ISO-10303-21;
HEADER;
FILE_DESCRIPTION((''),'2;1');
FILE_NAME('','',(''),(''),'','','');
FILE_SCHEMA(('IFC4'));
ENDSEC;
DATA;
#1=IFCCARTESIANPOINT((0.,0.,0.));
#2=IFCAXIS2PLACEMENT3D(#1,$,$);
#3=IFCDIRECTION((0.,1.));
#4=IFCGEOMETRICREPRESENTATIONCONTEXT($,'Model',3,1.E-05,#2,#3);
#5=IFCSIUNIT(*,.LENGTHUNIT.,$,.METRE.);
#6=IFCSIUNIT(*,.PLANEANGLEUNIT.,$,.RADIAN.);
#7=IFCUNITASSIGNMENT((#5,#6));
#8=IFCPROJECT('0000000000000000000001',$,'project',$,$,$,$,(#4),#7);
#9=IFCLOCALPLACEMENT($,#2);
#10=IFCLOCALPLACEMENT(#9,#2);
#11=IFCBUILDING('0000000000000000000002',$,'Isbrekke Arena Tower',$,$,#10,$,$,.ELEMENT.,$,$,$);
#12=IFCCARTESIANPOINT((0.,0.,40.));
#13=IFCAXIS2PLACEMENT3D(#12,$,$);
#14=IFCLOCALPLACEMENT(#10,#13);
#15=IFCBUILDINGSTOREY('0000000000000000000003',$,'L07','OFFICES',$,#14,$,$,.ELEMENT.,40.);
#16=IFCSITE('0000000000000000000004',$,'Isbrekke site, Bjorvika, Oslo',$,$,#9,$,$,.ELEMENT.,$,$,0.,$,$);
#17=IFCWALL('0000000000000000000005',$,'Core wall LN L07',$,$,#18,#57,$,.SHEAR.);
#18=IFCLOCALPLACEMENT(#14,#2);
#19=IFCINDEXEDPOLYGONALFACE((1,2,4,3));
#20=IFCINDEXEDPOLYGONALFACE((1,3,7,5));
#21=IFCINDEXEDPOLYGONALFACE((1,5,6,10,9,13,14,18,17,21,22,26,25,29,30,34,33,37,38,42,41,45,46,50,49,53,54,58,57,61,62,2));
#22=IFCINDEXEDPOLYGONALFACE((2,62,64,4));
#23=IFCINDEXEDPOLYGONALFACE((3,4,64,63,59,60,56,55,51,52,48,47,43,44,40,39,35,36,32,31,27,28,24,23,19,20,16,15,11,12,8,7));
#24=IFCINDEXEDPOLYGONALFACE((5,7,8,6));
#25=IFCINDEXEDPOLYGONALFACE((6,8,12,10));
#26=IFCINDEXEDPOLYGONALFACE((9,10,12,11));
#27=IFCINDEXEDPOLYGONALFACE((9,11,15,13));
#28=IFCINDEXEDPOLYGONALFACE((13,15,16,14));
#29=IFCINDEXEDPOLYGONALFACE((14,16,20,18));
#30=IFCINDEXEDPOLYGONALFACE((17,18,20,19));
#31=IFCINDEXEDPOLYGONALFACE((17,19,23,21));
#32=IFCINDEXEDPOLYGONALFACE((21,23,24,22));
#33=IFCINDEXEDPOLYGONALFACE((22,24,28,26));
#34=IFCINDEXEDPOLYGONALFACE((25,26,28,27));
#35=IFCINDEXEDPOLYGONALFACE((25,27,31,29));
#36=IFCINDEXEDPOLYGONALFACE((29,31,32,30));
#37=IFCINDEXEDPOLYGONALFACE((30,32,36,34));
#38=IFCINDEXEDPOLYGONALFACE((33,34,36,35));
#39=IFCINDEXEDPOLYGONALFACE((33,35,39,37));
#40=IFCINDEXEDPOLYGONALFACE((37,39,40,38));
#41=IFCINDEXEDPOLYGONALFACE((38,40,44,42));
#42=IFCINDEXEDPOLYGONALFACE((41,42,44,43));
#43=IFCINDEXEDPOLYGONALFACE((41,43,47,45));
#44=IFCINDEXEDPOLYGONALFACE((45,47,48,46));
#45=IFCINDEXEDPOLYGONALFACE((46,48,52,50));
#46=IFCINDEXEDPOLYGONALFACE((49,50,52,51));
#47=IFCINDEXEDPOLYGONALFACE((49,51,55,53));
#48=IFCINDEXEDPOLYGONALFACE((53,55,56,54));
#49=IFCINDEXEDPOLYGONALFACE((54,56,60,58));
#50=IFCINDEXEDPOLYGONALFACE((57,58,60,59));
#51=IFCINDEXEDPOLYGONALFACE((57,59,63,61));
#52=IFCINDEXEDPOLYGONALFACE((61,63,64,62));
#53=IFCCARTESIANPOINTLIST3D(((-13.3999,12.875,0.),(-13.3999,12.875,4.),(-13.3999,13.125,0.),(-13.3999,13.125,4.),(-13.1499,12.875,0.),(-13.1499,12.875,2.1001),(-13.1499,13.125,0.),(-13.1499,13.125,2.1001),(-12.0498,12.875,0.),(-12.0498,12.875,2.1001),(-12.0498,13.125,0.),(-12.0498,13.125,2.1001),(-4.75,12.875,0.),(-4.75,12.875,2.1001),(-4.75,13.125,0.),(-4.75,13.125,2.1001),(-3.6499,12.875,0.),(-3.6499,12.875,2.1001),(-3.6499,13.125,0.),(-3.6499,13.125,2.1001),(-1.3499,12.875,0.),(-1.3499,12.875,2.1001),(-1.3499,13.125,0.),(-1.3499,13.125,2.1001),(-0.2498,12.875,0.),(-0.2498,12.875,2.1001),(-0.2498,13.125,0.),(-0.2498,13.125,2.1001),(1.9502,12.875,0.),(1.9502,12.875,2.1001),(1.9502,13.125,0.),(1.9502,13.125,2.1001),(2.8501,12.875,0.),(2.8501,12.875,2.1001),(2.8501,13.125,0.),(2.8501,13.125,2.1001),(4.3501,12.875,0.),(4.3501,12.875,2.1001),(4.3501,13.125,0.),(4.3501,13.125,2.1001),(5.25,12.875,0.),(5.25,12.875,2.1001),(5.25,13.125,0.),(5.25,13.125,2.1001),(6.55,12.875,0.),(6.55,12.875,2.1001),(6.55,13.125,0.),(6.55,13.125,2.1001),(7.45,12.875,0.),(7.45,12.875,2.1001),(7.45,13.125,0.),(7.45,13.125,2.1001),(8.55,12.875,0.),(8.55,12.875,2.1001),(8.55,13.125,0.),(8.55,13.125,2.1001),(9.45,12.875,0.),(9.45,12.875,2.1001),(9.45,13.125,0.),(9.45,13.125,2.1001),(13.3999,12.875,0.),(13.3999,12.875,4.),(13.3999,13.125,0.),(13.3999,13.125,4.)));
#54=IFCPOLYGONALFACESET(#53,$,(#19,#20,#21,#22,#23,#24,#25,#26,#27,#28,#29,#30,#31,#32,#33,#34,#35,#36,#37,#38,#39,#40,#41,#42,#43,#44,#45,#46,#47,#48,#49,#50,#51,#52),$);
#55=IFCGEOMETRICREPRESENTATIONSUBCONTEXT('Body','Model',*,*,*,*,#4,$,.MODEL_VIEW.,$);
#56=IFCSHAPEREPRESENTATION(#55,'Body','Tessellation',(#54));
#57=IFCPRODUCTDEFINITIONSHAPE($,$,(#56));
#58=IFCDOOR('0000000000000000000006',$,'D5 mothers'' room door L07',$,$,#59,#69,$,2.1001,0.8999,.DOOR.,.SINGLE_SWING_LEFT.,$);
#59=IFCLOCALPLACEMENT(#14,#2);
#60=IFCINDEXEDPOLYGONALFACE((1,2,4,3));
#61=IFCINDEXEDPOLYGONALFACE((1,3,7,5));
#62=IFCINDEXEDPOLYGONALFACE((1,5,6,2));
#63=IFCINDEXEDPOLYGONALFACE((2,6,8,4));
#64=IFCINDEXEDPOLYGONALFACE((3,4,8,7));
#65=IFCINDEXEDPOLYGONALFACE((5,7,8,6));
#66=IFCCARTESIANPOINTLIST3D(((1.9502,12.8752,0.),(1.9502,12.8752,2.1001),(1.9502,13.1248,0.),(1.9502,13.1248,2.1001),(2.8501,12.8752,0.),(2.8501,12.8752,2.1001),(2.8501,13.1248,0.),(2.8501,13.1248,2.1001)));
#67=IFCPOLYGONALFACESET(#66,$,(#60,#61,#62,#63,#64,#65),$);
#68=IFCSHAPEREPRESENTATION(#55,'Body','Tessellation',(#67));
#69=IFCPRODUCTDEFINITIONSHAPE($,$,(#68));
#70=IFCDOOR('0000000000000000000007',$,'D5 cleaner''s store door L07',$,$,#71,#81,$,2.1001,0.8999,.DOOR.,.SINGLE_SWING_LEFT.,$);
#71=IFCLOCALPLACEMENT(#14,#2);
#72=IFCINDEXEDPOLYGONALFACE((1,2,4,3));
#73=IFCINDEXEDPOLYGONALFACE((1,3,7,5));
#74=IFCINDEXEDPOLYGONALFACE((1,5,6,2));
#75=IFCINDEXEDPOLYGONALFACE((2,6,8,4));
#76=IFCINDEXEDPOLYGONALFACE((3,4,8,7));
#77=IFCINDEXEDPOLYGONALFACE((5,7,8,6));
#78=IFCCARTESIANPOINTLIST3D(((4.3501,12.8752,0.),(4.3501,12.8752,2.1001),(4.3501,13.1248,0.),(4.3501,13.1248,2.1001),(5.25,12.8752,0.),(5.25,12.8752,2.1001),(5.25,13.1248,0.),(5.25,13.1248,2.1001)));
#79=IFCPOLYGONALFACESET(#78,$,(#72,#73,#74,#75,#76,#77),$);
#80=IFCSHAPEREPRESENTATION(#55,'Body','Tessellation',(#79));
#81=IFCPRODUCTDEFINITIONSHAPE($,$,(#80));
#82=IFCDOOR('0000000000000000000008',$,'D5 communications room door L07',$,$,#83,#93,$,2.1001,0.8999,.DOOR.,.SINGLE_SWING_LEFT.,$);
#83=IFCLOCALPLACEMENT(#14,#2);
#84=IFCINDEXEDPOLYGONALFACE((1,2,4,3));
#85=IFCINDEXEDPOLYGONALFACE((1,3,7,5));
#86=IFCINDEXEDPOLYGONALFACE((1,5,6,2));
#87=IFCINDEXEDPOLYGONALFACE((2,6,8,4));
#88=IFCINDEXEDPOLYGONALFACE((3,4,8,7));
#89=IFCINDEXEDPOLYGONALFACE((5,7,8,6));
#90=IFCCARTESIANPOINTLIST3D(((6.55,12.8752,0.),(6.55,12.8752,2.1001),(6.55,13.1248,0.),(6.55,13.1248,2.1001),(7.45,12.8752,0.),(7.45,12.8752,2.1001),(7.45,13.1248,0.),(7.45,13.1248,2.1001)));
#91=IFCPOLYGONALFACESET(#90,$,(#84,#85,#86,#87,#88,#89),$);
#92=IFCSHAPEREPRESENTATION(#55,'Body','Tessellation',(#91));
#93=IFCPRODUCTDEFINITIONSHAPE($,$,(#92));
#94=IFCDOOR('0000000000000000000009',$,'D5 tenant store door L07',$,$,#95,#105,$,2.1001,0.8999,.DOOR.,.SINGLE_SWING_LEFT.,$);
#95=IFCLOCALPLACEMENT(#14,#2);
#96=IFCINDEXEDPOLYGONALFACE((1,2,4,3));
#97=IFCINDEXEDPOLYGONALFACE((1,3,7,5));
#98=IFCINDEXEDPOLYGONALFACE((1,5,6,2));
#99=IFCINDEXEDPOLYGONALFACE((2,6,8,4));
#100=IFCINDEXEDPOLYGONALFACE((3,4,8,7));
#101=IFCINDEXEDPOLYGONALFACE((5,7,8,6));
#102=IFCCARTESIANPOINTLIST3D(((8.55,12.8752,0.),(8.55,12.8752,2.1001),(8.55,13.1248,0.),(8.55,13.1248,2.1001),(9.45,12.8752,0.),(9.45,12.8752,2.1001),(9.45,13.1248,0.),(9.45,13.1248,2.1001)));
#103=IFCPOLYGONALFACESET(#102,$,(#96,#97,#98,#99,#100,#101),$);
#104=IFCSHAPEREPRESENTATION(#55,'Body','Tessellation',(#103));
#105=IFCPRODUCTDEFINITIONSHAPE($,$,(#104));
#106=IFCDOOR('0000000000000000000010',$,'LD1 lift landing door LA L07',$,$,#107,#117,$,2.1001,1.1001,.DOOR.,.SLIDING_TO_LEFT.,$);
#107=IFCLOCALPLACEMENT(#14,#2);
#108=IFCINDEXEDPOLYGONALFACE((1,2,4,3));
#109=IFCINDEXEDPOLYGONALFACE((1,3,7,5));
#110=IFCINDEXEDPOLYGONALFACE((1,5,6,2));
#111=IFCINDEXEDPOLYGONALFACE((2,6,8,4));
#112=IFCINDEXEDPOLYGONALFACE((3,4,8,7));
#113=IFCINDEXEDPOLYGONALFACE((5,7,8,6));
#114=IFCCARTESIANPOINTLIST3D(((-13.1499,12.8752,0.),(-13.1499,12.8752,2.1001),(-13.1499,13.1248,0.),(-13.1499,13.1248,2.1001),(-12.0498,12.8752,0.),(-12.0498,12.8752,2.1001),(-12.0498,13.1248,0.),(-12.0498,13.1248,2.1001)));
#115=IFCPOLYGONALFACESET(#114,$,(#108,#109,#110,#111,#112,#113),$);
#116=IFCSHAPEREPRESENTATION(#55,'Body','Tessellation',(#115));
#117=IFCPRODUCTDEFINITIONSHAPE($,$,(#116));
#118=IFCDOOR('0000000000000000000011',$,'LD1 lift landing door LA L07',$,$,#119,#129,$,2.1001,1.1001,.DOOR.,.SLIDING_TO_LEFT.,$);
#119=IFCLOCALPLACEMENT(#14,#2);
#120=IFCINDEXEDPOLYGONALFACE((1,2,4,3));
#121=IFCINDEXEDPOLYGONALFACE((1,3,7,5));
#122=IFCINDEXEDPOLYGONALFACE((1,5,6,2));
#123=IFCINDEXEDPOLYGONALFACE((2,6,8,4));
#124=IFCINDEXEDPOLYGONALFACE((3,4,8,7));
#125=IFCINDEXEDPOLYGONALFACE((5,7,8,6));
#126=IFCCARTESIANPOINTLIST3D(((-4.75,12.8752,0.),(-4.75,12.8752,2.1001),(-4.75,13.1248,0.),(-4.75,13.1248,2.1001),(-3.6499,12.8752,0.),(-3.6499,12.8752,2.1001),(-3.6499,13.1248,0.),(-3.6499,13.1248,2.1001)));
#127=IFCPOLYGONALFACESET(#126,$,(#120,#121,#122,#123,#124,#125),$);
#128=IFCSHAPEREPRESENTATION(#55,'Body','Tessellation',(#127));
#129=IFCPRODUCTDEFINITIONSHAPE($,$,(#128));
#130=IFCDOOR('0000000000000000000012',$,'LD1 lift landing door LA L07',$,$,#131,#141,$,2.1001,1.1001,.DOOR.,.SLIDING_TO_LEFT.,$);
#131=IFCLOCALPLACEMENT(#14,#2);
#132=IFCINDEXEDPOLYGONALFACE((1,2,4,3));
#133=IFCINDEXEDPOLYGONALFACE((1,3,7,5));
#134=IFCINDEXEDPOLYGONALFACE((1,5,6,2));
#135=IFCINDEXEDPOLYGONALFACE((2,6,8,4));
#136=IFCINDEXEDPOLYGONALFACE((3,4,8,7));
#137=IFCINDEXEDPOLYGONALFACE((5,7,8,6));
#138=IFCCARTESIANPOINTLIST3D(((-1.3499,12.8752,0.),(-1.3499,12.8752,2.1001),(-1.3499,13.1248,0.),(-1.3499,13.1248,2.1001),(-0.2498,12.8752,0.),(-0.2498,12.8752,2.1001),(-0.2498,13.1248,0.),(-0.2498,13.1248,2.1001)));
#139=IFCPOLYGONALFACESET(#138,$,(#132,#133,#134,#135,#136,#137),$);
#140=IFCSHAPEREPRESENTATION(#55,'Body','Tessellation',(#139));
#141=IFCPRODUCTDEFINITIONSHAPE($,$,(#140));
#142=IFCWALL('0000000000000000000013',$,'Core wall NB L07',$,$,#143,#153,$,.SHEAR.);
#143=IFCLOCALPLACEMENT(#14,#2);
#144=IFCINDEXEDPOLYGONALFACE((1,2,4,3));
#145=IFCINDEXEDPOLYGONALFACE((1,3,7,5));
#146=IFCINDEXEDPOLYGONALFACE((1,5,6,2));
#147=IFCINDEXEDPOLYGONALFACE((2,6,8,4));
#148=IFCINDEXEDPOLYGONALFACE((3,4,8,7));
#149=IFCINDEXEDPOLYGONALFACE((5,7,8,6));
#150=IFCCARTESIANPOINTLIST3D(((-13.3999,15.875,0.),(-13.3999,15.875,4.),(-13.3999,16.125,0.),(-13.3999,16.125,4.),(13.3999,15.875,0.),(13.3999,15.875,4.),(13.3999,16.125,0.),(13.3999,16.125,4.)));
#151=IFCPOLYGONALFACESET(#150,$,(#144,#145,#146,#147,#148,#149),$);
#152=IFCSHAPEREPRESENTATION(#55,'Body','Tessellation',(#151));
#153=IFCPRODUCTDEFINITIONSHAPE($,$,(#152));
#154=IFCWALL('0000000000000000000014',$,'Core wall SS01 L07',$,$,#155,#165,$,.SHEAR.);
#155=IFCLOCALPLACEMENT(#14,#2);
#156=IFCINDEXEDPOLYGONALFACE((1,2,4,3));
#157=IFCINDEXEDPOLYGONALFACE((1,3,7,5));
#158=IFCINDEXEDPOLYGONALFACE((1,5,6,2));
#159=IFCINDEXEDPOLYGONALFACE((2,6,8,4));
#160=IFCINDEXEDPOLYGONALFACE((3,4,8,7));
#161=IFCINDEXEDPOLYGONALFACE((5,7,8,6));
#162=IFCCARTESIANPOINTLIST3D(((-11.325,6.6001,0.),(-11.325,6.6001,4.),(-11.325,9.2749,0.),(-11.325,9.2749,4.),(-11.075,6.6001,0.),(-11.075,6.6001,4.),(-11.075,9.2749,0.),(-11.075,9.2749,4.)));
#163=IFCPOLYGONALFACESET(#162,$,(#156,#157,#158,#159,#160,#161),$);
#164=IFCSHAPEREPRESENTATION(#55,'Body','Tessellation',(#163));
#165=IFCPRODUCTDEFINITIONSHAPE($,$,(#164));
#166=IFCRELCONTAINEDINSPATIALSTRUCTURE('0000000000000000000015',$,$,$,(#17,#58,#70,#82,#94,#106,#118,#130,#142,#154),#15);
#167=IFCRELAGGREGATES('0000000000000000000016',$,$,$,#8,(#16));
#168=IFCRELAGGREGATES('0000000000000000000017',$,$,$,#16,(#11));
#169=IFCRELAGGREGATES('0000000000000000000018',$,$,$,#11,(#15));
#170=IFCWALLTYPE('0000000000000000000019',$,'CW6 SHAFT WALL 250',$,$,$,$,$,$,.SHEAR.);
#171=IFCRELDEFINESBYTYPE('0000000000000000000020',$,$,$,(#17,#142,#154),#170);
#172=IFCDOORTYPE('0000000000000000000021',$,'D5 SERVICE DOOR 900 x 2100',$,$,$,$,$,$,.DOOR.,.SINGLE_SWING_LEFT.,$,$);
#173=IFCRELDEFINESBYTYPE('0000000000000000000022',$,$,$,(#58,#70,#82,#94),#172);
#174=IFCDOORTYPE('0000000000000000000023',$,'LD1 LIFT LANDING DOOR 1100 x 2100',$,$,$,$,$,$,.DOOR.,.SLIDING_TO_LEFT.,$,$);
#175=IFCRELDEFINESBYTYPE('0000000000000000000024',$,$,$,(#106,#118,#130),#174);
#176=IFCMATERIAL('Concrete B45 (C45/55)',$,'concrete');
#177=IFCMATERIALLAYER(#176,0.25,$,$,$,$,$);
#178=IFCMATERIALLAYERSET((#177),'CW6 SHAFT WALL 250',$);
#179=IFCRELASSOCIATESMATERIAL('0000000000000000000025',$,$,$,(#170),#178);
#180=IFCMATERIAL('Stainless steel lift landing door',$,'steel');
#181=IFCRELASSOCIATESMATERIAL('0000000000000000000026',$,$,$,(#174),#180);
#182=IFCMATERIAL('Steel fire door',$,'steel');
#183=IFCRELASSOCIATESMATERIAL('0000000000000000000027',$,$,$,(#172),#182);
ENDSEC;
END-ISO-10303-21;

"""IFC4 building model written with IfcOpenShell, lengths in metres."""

from ifc_helpers import new_model, si_unit, direction, frame, frame_2d, origin, place, context, subcontext, project, spatial, rectangle, extrude, material, layer, layer_set, type_object, element, fill, save


model = new_model("IFC4")

# Units and contexts
model_context = context("Model", 3, precision=1e-05, world=origin(), true_north=direction((0.0, 1.0)))
body_context = subcontext(model_context, "Body", "Model", "MODEL_VIEW")
ifc_project = project(units=[si_unit("LENGTHUNIT", "METRE"), si_unit("PLANEANGLEUNIT", "RADIAN")], contexts=[model_context])

# Site, building, storey
site_placement = place(None, origin())
site = spatial("IfcSite", under=ifc_project, at=site_placement, Name="Isbrekke site, Bjorvika, Oslo", CompositionType="ELEMENT", RefElevation=0.0)
building_placement = place(site_placement, origin())
building = spatial("IfcBuilding", under=site, at=building_placement, Name="Isbrekke Arena Tower", CompositionType="ELEMENT")
storey_placement = place(building_placement, frame((0.0, 0.0, 40.0)))
storey = spatial("IfcBuildingStorey", under=building, at=storey_placement, Name="L07", Description="OFFICES", CompositionType="ELEMENT", Elevation=40.0)

# Wall, openings, doors
ifc_material_1 = material(Name="Concrete B45 (C45/55)", Category="concrete")
ifc_layer_1 = layer(ifc_material_1, 0.25)
ifc_layer_set_1 = layer_set([ifc_layer_1], Name="CW6 SHAFT WALL 250")
wall_type_1 = type_object("IfcWallType", Name="CW6 SHAFT WALL 250", PredefinedType="SHEAR", material=ifc_layer_set_1)
ifc_material_2 = material(Name="Stainless steel lift landing door", Category="steel")
door_type_1 = type_object("IfcDoorType", Name="LD1 LIFT LANDING DOOR 1100 x 2100", OperationType="SLIDING_TO_LEFT", PredefinedType="DOOR", material=ifc_material_2)
wall_1_placement = place(storey_placement, frame((-13.3999, 13.0, 0.0), z_axis=(0.0, 0.0, 1.0), x_axis=(1.0, 0.0, 0.0)))
wall_1 = element("IfcWall", 1, at=wall_1_placement, inside=storey, type_object=wall_type_1, Name="Core wall LN L07", PredefinedType="SHEAR", context=body_context, shape_type="SweptSolid", body=[
    extrude(rectangle(XDim=26.7998, YDim=0.25, at=frame_2d((13.3999, 0.0))), origin(), (0.0, 0.0, 1.0), 4.0),
])
opening_1_placement = place(wall_1_placement, frame((0.25, 0.0, 0.0)))
opening_1 = element("IfcOpeningElement", 2, at=opening_1_placement, cuts=wall_1, PredefinedType="OPENING", context=body_context, shape_type="SweptSolid", body=[
    extrude(rectangle(XDim=1.1001, YDim=2.1001, at=frame_2d((0.55, 1.05))), frame((0.0, 0.1399, 0.0), z_axis=(0.0, -1.0, 0.0), x_axis=(1.0, 0.0, 0.0)), (0.0, 0.0, 1.0), 0.2798),
])
opening_2_placement = place(wall_1_placement, frame((8.6499, 0.0, 0.0)))
opening_2 = element("IfcOpeningElement", 3, at=opening_2_placement, cuts=wall_1, PredefinedType="OPENING", context=body_context, shape_type="SweptSolid", body=[
    extrude(rectangle(XDim=1.1001, YDim=2.1001, at=frame_2d((0.55, 1.05))), frame((0.0, 0.1399, 0.0), z_axis=(0.0, -1.0, 0.0), x_axis=(1.0, 0.0, 0.0)), (0.0, 0.0, 1.0), 0.2798),
])
opening_3_placement = place(wall_1_placement, frame((12.05, 0.0, 0.0)))
opening_3 = element("IfcOpeningElement", 4, at=opening_3_placement, cuts=wall_1, PredefinedType="OPENING", context=body_context, shape_type="SweptSolid", body=[
    extrude(rectangle(XDim=1.1001, YDim=2.1001, at=frame_2d((0.55, 1.05))), frame((0.0, 0.1399, 0.0), z_axis=(0.0, -1.0, 0.0), x_axis=(1.0, 0.0, 0.0)), (0.0, 0.0, 1.0), 0.2798),
])
opening_4_placement = place(wall_1_placement, frame((15.3501, 0.0, 0.0)))
opening_4 = element("IfcOpeningElement", 5, at=opening_4_placement, cuts=wall_1, PredefinedType="OPENING", context=body_context, shape_type="SweptSolid", body=[
    extrude(rectangle(XDim=0.8999, YDim=2.1001, at=frame_2d((0.45, 1.05))), frame((0.0, 0.1399, 0.0), z_axis=(0.0, -1.0, 0.0), x_axis=(1.0, 0.0, 0.0)), (0.0, 0.0, 1.0), 0.2798),
])
opening_5_placement = place(wall_1_placement, frame((17.75, 0.0, 0.0)))
opening_5 = element("IfcOpeningElement", 6, at=opening_5_placement, cuts=wall_1, PredefinedType="OPENING", context=body_context, shape_type="SweptSolid", body=[
    extrude(rectangle(XDim=0.8999, YDim=2.1001, at=frame_2d((0.45, 1.05))), frame((0.0, 0.1399, 0.0), z_axis=(0.0, -1.0, 0.0), x_axis=(1.0, 0.0, 0.0)), (0.0, 0.0, 1.0), 0.2798),
])
opening_6_placement = place(wall_1_placement, frame((19.95, 0.0, 0.0)))
opening_6 = element("IfcOpeningElement", 7, at=opening_6_placement, cuts=wall_1, PredefinedType="OPENING", context=body_context, shape_type="SweptSolid", body=[
    extrude(rectangle(XDim=0.8999, YDim=2.1001, at=frame_2d((0.45, 1.05))), frame((0.0, 0.1399, 0.0), z_axis=(0.0, -1.0, 0.0), x_axis=(1.0, 0.0, 0.0)), (0.0, 0.0, 1.0), 0.2798),
])
opening_7_placement = place(wall_1_placement, frame((21.95, 0.0, 0.0)))
opening_7 = element("IfcOpeningElement", 8, at=opening_7_placement, cuts=wall_1, PredefinedType="OPENING", context=body_context, shape_type="SweptSolid", body=[
    extrude(rectangle(XDim=0.8999, YDim=2.1001, at=frame_2d((0.45, 1.05))), frame((0.0, 0.1399, 0.0), z_axis=(0.0, -1.0, 0.0), x_axis=(1.0, 0.0, 0.0)), (0.0, 0.0, 1.0), 0.2798),
])
ifc_material_3 = material(Name="Steel fire door", Category="steel")
door_type_2 = type_object("IfcDoorType", Name="D5 SERVICE DOOR 900 x 2100", OperationType="SINGLE_SWING_LEFT", PredefinedType="DOOR", material=ifc_material_3)
door_1_placement = place(opening_4_placement, origin())
door_1 = element("IfcDoor", 9, at=door_1_placement, inside=storey, type_object=door_type_2, Name="D5 mothers' room door L07", OperationType="SINGLE_SWING_LEFT", OverallHeight=2.1001, OverallWidth=0.8999, PredefinedType="DOOR", context=body_context, shape_type="SweptSolid", body=[
    extrude(rectangle(XDim=0.8999, YDim=2.1001, at=frame_2d((0.45, 1.05))), frame((0.0, 0.1248, 0.0), z_axis=(0.0, -1.0, 0.0), x_axis=(1.0, 0.0, 0.0)), (0.0, 0.0, 1.0), 0.2495),
])
fill(opening_4, door_1)
door_2_placement = place(opening_5_placement, origin())
door_2 = element("IfcDoor", 10, at=door_2_placement, inside=storey, type_object=door_type_2, Name="D5 cleaner's store door L07", OperationType="SINGLE_SWING_LEFT", OverallHeight=2.1001, OverallWidth=0.8999, PredefinedType="DOOR", context=body_context, shape_type="SweptSolid", body=[
    extrude(rectangle(XDim=0.8999, YDim=2.1001, at=frame_2d((0.45, 1.05))), frame((0.0, 0.1248, 0.0), z_axis=(0.0, -1.0, 0.0), x_axis=(1.0, 0.0, 0.0)), (0.0, 0.0, 1.0), 0.2495),
])
fill(opening_5, door_2)
door_3_placement = place(opening_6_placement, origin())
door_3 = element("IfcDoor", 11, at=door_3_placement, inside=storey, type_object=door_type_2, Name="D5 communications room door L07", OperationType="SINGLE_SWING_LEFT", OverallHeight=2.1001, OverallWidth=0.8999, PredefinedType="DOOR", context=body_context, shape_type="SweptSolid", body=[
    extrude(rectangle(XDim=0.8999, YDim=2.1001, at=frame_2d((0.45, 1.05))), frame((0.0, 0.1248, 0.0), z_axis=(0.0, -1.0, 0.0), x_axis=(1.0, 0.0, 0.0)), (0.0, 0.0, 1.0), 0.2495),
])
fill(opening_6, door_3)
door_4_placement = place(opening_7_placement, origin())
door_4 = element("IfcDoor", 12, at=door_4_placement, inside=storey, type_object=door_type_2, Name="D5 tenant store door L07", OperationType="SINGLE_SWING_LEFT", OverallHeight=2.1001, OverallWidth=0.8999, PredefinedType="DOOR", context=body_context, shape_type="SweptSolid", body=[
    extrude(rectangle(XDim=0.8999, YDim=2.1001, at=frame_2d((0.45, 1.05))), frame((0.0, 0.1248, 0.0), z_axis=(0.0, -1.0, 0.0), x_axis=(1.0, 0.0, 0.0)), (0.0, 0.0, 1.0), 0.2495),
])
fill(opening_7, door_4)
door_5_placement = place(opening_1_placement, origin())
door_5 = element("IfcDoor", 13, at=door_5_placement, inside=storey, type_object=door_type_1, Name="LD1 lift landing door LA L07", OperationType="SLIDING_TO_LEFT", OverallHeight=2.1001, OverallWidth=1.1001, PredefinedType="DOOR", context=body_context, shape_type="SweptSolid", body=[
    extrude(rectangle(XDim=1.1001, YDim=2.1001, at=frame_2d((0.55, 1.05))), frame((0.0, 0.1248, 0.0), z_axis=(0.0, -1.0, 0.0), x_axis=(1.0, 0.0, 0.0)), (0.0, 0.0, 1.0), 0.2495),
])
fill(opening_1, door_5)
door_6_placement = place(opening_2_placement, origin())
door_6 = element("IfcDoor", 14, at=door_6_placement, inside=storey, type_object=door_type_1, Name="LD1 lift landing door LA L07", OperationType="SLIDING_TO_LEFT", OverallHeight=2.1001, OverallWidth=1.1001, PredefinedType="DOOR", context=body_context, shape_type="SweptSolid", body=[
    extrude(rectangle(XDim=1.1001, YDim=2.1001, at=frame_2d((0.55, 1.05))), frame((0.0, 0.1248, 0.0), z_axis=(0.0, -1.0, 0.0), x_axis=(1.0, 0.0, 0.0)), (0.0, 0.0, 1.0), 0.2495),
])
fill(opening_2, door_6)
door_7_placement = place(opening_3_placement, origin())
door_7 = element("IfcDoor", 15, at=door_7_placement, inside=storey, type_object=door_type_1, Name="LD1 lift landing door LA L07", OperationType="SLIDING_TO_LEFT", OverallHeight=2.1001, OverallWidth=1.1001, PredefinedType="DOOR", context=body_context, shape_type="SweptSolid", body=[
    extrude(rectangle(XDim=1.1001, YDim=2.1001, at=frame_2d((0.55, 1.05))), frame((0.0, 0.1248, 0.0), z_axis=(0.0, -1.0, 0.0), x_axis=(1.0, 0.0, 0.0)), (0.0, 0.0, 1.0), 0.2495),
])
fill(opening_3, door_7)

# Walls
wall_2_placement = place(storey_placement, frame((-13.3999, 16.0, 0.0), z_axis=(0.0, 0.0, 1.0), x_axis=(1.0, 0.0, 0.0)))
element("IfcWall", 16, at=wall_2_placement, inside=storey, type_object=wall_type_1, Name="Core wall NB L07", PredefinedType="SHEAR", context=body_context, shape_type="SweptSolid", body=[
    extrude(rectangle(XDim=26.7998, YDim=0.25, at=frame_2d((13.3999, 0.0))), origin(), (0.0, 0.0, 1.0), 4.0),
])
for number, where, z_axis, x_axis, name in (
    (17, (-11.2, 6.6001, 0.0), (0.0, 0.0, 1.0), (0.0, 1.0, 0.0), "Core wall SS01 L07"),
):
    element("IfcWall", number, at=place(storey_placement, frame(where, z_axis=z_axis, x_axis=x_axis)), inside=storey, type_object=wall_type_1, Name=name, PredefinedType="SHEAR", context=body_context, shape_type="SweptSolid", body=[
        extrude(rectangle(XDim=2.6748, YDim=0.25, at=frame_2d((1.3374, 0.0))), origin(), (0.0, 0.0, 1.0), 4.0),
    ])

save(model, "model.ifc")
